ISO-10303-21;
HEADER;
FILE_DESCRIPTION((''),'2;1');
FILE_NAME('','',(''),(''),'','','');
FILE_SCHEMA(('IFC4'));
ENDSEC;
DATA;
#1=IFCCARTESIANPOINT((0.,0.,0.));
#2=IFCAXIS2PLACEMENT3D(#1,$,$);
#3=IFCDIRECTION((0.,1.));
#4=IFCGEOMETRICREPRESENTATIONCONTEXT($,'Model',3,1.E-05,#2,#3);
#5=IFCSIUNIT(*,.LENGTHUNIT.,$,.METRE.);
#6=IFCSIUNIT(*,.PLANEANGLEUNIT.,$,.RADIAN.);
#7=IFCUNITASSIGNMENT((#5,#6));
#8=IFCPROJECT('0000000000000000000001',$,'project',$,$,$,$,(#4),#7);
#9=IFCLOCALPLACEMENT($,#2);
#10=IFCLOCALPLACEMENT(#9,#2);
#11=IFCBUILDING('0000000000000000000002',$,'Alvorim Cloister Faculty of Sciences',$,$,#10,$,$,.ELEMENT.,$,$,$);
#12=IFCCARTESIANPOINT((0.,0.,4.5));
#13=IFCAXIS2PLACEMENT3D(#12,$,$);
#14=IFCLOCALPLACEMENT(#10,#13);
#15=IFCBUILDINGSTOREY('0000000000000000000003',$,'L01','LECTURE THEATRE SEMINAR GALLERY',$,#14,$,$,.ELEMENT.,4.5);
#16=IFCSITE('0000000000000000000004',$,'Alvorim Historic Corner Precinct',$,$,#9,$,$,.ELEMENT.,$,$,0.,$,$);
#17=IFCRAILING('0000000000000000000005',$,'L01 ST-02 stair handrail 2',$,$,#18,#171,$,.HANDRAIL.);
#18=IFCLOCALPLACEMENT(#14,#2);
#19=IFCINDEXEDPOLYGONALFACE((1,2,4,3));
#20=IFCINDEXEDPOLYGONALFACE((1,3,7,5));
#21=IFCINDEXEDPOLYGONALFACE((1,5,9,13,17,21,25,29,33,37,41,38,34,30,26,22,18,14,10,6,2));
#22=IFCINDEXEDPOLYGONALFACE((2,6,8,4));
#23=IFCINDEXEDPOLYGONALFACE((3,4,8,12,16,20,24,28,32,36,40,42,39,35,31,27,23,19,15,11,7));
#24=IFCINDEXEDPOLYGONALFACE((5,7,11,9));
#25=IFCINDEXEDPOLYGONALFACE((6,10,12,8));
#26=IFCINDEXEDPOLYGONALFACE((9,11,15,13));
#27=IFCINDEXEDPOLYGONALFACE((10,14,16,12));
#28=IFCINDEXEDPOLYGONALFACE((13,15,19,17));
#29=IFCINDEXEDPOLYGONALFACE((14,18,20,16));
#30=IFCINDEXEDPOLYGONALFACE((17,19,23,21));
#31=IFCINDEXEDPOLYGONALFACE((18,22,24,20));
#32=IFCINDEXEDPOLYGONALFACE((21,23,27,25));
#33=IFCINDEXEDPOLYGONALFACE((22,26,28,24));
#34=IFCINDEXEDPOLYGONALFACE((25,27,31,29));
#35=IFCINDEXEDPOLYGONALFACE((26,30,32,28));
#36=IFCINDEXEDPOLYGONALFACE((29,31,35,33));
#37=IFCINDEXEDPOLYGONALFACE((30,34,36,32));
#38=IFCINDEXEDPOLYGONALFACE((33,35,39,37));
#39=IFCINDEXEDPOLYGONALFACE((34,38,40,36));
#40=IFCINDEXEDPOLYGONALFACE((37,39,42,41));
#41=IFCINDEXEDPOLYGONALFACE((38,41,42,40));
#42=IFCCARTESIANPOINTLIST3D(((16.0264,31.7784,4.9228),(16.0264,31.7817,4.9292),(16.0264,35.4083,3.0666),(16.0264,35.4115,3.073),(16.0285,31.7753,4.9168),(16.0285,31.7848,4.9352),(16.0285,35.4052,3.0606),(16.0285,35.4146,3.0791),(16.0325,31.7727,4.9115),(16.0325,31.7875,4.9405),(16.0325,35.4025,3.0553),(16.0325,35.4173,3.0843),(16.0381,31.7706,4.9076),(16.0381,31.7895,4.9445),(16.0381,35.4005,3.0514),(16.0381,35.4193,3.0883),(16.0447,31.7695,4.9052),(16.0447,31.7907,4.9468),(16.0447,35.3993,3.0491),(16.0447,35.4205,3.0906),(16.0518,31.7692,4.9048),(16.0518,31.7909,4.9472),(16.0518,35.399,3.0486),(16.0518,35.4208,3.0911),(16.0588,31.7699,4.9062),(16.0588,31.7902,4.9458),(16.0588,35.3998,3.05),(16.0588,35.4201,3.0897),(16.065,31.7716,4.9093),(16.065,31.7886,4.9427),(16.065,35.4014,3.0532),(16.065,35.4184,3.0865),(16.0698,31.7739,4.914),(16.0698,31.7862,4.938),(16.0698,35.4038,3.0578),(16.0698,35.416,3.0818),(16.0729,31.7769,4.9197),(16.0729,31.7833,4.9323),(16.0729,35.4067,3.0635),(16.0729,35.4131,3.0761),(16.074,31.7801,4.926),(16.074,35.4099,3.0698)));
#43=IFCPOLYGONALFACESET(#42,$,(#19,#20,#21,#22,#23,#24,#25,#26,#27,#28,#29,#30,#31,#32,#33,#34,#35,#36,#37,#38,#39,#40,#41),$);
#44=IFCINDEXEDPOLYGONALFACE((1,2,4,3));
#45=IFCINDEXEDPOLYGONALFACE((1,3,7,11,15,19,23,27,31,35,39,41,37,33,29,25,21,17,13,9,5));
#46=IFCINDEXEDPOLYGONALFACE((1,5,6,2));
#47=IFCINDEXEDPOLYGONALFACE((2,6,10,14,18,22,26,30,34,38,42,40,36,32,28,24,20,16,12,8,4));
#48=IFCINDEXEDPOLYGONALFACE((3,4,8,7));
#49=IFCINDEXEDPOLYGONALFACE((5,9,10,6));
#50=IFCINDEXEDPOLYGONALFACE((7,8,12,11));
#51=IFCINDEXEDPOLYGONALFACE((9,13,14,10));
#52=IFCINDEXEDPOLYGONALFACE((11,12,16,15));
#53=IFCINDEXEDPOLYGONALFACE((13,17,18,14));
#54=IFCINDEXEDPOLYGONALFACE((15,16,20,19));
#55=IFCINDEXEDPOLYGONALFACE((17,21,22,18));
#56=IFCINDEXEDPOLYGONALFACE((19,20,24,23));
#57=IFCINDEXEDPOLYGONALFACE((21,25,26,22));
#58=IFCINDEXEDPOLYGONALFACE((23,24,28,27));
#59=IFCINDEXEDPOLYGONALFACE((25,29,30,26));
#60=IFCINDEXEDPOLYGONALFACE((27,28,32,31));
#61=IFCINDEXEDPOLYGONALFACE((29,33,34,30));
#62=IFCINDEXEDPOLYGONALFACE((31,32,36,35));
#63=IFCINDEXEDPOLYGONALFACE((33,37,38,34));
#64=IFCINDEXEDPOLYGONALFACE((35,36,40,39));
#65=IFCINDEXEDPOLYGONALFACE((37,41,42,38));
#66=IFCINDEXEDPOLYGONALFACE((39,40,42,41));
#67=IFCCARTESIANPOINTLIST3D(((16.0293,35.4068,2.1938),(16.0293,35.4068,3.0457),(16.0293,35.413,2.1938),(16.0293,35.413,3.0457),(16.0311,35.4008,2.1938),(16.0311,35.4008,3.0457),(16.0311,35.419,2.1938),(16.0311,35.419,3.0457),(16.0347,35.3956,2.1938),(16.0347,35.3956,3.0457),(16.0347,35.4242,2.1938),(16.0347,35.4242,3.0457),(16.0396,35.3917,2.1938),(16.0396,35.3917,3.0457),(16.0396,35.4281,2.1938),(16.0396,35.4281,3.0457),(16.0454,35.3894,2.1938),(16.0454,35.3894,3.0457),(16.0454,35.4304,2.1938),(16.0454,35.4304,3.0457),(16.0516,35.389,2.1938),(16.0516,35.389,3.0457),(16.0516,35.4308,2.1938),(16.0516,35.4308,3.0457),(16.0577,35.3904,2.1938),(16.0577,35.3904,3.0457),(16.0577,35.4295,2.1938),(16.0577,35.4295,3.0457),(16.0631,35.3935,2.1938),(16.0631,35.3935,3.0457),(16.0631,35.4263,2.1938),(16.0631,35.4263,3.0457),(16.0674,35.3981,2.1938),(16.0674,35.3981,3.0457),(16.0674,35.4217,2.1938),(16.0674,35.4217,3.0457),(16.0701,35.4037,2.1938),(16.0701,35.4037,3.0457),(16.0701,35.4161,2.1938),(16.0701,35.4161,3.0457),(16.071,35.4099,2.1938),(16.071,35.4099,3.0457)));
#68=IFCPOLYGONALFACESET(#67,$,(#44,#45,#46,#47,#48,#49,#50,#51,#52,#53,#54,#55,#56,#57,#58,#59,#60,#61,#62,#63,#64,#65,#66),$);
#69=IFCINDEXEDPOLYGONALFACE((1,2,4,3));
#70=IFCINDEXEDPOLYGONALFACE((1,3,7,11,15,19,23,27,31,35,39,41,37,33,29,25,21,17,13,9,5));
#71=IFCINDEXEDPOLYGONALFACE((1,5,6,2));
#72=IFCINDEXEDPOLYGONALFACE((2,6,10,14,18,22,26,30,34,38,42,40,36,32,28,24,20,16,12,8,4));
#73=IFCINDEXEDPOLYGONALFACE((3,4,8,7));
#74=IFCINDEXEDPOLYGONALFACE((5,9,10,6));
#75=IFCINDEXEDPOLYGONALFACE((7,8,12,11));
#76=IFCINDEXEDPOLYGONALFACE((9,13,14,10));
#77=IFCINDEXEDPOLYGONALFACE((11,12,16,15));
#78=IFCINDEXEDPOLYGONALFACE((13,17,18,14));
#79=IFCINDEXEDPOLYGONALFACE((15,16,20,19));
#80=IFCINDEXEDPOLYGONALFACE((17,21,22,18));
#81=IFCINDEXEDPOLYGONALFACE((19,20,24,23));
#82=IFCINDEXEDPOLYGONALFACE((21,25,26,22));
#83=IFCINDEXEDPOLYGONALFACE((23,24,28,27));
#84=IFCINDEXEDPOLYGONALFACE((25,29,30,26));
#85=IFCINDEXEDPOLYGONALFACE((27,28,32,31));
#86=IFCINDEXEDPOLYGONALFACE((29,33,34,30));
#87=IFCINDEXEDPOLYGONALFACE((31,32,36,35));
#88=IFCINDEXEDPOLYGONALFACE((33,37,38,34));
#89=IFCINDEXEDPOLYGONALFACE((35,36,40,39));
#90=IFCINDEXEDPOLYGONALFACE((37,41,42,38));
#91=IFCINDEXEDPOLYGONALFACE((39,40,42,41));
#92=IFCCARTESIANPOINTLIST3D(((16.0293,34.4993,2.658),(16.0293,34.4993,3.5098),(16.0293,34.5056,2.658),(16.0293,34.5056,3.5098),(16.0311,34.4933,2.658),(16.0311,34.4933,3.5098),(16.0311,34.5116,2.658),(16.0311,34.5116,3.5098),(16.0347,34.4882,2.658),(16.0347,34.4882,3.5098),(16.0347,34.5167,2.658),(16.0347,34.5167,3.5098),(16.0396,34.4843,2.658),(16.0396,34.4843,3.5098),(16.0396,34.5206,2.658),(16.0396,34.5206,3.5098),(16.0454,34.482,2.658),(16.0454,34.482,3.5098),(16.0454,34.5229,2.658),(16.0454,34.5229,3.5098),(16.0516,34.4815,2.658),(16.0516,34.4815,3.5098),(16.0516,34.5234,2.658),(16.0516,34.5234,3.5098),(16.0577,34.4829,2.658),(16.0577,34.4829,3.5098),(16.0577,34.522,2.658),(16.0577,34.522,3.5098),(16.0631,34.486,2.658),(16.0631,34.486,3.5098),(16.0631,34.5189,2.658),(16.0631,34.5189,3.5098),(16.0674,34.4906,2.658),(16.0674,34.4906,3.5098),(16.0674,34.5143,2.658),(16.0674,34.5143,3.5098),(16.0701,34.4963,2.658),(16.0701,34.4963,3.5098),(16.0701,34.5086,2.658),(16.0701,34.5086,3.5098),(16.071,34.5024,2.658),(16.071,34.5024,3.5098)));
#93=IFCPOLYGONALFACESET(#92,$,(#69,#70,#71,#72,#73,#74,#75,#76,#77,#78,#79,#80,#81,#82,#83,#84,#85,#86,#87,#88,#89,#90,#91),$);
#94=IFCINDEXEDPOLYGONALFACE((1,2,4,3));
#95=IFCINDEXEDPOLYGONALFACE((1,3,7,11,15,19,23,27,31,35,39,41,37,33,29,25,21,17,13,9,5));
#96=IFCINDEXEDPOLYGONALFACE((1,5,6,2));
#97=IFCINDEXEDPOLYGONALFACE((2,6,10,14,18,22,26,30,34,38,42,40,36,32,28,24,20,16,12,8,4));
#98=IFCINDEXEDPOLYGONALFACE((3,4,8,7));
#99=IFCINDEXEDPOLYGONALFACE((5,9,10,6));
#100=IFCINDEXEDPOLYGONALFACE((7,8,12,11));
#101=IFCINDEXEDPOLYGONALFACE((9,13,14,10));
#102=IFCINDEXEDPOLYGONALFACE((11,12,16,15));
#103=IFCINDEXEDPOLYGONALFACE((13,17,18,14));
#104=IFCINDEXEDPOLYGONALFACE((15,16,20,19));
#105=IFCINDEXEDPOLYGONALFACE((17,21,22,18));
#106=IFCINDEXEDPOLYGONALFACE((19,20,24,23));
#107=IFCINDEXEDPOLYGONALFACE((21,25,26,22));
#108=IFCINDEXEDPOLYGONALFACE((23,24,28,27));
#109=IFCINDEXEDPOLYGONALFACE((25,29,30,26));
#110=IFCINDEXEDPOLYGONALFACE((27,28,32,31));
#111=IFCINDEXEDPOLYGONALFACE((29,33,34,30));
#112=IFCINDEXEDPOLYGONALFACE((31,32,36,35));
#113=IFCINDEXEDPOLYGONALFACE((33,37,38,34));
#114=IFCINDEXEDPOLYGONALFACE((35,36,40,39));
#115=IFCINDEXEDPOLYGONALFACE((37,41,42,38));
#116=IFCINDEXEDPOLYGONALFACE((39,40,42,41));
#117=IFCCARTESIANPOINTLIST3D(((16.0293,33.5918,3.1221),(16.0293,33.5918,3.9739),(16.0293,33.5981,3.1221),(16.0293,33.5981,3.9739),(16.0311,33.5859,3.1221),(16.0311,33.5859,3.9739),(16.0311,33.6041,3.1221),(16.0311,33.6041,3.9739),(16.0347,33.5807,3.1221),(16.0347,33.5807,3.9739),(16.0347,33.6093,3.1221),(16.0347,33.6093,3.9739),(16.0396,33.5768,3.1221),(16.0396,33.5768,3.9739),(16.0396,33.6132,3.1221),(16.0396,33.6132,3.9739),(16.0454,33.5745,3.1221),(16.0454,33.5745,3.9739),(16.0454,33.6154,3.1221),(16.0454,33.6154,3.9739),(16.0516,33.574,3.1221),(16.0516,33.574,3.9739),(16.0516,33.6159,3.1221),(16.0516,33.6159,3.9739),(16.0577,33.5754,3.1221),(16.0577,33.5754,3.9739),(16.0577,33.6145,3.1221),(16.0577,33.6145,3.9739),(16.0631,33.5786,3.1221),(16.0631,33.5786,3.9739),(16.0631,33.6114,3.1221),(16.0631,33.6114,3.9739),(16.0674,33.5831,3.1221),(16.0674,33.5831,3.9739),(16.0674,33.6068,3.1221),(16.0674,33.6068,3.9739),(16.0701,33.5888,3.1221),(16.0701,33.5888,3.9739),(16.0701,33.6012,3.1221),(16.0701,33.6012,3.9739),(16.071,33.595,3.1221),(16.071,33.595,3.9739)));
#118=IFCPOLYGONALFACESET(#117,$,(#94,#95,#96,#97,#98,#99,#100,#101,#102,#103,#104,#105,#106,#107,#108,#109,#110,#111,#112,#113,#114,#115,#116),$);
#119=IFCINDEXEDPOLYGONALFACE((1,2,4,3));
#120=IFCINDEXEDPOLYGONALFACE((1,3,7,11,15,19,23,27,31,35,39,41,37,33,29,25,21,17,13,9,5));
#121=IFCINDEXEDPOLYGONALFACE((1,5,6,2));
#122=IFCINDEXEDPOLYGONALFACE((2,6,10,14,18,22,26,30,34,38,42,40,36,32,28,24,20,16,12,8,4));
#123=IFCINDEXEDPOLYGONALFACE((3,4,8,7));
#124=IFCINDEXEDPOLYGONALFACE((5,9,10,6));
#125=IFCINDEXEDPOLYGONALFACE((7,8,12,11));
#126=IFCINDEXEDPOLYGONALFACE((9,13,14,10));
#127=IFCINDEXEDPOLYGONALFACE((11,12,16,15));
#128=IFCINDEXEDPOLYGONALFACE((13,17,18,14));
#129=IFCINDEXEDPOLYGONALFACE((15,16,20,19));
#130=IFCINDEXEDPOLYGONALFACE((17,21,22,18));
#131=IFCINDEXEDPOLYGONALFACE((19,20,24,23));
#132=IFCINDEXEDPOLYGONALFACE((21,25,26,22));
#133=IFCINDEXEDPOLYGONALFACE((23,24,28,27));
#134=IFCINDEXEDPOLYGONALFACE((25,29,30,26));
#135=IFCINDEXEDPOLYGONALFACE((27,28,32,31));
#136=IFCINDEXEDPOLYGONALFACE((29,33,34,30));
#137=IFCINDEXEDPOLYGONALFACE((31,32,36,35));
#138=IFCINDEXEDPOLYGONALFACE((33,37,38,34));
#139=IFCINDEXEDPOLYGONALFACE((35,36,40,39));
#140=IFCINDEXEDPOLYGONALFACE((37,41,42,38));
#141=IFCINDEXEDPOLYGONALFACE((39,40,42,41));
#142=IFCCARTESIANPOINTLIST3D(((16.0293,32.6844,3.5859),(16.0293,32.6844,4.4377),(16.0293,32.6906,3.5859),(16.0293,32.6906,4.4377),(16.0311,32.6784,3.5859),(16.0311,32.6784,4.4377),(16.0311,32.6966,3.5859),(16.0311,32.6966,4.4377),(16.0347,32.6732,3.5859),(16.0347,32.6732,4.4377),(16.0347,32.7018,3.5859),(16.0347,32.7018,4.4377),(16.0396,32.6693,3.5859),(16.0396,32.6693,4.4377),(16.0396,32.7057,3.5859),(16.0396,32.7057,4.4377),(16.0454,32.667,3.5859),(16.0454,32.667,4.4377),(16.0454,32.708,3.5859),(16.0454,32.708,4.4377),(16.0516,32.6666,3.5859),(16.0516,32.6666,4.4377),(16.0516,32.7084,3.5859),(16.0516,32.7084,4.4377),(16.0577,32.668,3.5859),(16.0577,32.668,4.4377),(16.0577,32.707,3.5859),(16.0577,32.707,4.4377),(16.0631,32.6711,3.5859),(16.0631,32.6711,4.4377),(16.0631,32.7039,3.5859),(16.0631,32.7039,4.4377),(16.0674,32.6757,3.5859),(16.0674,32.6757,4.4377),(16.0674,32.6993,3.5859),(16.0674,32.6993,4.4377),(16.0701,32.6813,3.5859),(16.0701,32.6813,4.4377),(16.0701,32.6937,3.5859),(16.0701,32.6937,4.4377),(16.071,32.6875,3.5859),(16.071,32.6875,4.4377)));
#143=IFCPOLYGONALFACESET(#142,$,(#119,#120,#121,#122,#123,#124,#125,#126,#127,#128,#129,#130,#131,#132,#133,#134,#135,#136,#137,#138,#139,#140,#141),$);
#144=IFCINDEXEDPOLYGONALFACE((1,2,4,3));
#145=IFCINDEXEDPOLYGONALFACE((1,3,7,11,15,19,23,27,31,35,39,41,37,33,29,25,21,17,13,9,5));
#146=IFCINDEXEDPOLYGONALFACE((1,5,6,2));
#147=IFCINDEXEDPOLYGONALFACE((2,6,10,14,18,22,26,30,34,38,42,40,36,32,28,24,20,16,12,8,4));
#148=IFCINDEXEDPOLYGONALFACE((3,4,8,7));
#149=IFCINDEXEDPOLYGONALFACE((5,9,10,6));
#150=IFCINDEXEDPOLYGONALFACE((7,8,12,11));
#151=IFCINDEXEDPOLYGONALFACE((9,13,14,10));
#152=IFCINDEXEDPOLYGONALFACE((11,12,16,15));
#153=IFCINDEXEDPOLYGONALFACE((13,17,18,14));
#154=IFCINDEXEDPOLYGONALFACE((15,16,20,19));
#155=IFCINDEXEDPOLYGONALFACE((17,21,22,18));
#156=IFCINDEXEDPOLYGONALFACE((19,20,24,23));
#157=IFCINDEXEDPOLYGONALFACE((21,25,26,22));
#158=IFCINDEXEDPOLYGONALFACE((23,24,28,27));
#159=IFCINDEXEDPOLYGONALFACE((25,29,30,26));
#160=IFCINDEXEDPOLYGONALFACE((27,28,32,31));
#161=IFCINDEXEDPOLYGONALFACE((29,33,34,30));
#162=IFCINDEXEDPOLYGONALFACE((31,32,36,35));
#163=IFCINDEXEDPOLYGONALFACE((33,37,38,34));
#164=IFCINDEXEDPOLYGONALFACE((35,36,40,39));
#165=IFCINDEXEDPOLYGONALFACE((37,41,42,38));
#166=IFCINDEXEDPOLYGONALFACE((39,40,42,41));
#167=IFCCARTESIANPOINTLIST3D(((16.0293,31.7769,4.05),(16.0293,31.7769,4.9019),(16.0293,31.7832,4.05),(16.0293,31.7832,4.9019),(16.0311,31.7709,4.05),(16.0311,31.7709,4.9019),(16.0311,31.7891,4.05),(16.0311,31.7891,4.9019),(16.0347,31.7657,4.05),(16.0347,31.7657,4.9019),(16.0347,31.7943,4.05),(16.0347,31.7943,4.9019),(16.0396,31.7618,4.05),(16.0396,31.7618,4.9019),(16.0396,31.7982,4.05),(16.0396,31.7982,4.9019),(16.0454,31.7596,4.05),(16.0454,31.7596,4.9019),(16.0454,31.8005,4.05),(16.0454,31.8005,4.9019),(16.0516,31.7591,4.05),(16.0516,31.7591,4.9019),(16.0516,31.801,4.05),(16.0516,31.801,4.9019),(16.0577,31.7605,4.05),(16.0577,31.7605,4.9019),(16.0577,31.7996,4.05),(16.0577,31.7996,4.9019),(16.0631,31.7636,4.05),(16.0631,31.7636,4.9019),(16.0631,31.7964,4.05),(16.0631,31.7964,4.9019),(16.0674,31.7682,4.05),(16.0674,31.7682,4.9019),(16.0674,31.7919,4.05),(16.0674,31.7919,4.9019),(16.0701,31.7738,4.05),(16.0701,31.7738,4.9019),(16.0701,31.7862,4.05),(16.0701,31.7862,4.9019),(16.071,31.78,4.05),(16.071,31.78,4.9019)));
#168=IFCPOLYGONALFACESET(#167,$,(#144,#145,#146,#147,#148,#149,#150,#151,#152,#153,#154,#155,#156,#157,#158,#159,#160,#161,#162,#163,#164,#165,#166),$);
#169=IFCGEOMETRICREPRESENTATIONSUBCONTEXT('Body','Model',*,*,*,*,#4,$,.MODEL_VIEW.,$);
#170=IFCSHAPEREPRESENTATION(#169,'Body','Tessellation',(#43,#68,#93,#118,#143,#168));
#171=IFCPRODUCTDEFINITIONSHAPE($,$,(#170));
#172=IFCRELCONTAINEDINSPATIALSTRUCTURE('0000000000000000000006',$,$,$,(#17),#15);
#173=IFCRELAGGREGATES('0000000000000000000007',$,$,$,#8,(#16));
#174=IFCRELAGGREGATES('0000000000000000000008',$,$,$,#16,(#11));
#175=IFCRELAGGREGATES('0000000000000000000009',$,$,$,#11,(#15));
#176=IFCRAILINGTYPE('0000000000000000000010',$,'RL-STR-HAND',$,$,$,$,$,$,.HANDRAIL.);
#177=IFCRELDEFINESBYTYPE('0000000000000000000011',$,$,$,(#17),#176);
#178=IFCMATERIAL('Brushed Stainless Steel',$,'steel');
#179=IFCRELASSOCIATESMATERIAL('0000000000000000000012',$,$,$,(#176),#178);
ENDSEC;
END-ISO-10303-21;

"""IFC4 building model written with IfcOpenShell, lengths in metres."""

from ifc_helpers import new_model, si_unit, direction, frame, origin, origin_2d, place, context, subcontext, project, spatial, circle, extrude, material, type_object, element, save


model = new_model("IFC4")

# Units and contexts
model_context = context("Model", 3, precision=1e-05, world=origin(), true_north=direction((0.0, 1.0)))
body_context = subcontext(model_context, "Body", "Model", "MODEL_VIEW")
ifc_project = project(units=[si_unit("LENGTHUNIT", "METRE"), si_unit("PLANEANGLEUNIT", "RADIAN")], contexts=[model_context])

# Site, building, storey
site_placement = place(None, origin())
site = spatial("IfcSite", under=ifc_project, at=site_placement, Name="Alvorim Historic Corner Precinct", CompositionType="ELEMENT", RefElevation=0.0)
building_placement = place(site_placement, origin())
building = spatial("IfcBuilding", under=site, at=building_placement, Name="Alvorim Cloister Faculty of Sciences", CompositionType="ELEMENT")
storey_placement = place(building_placement, frame((0.0, 0.0, 4.5)))
storey = spatial("IfcBuildingStorey", under=building, at=storey_placement, Name="L01", Description="LECTURE THEATRE SEMINAR GALLERY", CompositionType="ELEMENT", Elevation=4.5)

# Shared definitions
ifc_material_1 = material(Name="Brushed Stainless Steel", Category="steel")

# Railing
railing_type_1 = type_object("IfcRailingType", Name="RL-STR-HAND", PredefinedType="HANDRAIL", material=ifc_material_1)
railing_1_placement = place(storey_placement, frame((16.05, 35.4099, 2.1938)))
element("IfcRailing", 1, at=railing_1_placement, inside=storey, type_object=railing_type_1, Name="L01 ST-02 stair handrail 2", PredefinedType="HANDRAIL", context=body_context, shape_type="SweptSolid", body=[
    extrude(circle(Radius=0.0239, at=origin_2d()), frame((0.0, 0.0, 0.876), z_axis=(0.0, -0.890342, 0.455291), x_axis=(1.0, 0.0, 0.0)), (0.0, 0.0, 1.0), 4.0769),
    extrude(circle(Radius=0.021, at=origin_2d()), origin(), (0.0, 0.0, 1.0), 0.8518),
    extrude(circle(Radius=0.021, at=origin_2d()), frame((0.0, -0.9075, 0.4641)), (0.0, 0.0, 1.0), 0.8518),
    extrude(circle(Radius=0.021, at=origin_2d()), frame((0.0, -1.8149, 0.9282)), (0.0, 0.0, 1.0), 0.8518),
    extrude(circle(Radius=0.021, at=origin_2d()), frame((0.0, -2.7224, 1.3921)), (0.0, 0.0, 1.0), 0.8518),
    extrude(circle(Radius=0.021, at=origin_2d()), frame((0.0, -3.6299, 1.8562)), (0.0, 0.0, 1.0), 0.8518),
])

save(model, "model.ifc")
